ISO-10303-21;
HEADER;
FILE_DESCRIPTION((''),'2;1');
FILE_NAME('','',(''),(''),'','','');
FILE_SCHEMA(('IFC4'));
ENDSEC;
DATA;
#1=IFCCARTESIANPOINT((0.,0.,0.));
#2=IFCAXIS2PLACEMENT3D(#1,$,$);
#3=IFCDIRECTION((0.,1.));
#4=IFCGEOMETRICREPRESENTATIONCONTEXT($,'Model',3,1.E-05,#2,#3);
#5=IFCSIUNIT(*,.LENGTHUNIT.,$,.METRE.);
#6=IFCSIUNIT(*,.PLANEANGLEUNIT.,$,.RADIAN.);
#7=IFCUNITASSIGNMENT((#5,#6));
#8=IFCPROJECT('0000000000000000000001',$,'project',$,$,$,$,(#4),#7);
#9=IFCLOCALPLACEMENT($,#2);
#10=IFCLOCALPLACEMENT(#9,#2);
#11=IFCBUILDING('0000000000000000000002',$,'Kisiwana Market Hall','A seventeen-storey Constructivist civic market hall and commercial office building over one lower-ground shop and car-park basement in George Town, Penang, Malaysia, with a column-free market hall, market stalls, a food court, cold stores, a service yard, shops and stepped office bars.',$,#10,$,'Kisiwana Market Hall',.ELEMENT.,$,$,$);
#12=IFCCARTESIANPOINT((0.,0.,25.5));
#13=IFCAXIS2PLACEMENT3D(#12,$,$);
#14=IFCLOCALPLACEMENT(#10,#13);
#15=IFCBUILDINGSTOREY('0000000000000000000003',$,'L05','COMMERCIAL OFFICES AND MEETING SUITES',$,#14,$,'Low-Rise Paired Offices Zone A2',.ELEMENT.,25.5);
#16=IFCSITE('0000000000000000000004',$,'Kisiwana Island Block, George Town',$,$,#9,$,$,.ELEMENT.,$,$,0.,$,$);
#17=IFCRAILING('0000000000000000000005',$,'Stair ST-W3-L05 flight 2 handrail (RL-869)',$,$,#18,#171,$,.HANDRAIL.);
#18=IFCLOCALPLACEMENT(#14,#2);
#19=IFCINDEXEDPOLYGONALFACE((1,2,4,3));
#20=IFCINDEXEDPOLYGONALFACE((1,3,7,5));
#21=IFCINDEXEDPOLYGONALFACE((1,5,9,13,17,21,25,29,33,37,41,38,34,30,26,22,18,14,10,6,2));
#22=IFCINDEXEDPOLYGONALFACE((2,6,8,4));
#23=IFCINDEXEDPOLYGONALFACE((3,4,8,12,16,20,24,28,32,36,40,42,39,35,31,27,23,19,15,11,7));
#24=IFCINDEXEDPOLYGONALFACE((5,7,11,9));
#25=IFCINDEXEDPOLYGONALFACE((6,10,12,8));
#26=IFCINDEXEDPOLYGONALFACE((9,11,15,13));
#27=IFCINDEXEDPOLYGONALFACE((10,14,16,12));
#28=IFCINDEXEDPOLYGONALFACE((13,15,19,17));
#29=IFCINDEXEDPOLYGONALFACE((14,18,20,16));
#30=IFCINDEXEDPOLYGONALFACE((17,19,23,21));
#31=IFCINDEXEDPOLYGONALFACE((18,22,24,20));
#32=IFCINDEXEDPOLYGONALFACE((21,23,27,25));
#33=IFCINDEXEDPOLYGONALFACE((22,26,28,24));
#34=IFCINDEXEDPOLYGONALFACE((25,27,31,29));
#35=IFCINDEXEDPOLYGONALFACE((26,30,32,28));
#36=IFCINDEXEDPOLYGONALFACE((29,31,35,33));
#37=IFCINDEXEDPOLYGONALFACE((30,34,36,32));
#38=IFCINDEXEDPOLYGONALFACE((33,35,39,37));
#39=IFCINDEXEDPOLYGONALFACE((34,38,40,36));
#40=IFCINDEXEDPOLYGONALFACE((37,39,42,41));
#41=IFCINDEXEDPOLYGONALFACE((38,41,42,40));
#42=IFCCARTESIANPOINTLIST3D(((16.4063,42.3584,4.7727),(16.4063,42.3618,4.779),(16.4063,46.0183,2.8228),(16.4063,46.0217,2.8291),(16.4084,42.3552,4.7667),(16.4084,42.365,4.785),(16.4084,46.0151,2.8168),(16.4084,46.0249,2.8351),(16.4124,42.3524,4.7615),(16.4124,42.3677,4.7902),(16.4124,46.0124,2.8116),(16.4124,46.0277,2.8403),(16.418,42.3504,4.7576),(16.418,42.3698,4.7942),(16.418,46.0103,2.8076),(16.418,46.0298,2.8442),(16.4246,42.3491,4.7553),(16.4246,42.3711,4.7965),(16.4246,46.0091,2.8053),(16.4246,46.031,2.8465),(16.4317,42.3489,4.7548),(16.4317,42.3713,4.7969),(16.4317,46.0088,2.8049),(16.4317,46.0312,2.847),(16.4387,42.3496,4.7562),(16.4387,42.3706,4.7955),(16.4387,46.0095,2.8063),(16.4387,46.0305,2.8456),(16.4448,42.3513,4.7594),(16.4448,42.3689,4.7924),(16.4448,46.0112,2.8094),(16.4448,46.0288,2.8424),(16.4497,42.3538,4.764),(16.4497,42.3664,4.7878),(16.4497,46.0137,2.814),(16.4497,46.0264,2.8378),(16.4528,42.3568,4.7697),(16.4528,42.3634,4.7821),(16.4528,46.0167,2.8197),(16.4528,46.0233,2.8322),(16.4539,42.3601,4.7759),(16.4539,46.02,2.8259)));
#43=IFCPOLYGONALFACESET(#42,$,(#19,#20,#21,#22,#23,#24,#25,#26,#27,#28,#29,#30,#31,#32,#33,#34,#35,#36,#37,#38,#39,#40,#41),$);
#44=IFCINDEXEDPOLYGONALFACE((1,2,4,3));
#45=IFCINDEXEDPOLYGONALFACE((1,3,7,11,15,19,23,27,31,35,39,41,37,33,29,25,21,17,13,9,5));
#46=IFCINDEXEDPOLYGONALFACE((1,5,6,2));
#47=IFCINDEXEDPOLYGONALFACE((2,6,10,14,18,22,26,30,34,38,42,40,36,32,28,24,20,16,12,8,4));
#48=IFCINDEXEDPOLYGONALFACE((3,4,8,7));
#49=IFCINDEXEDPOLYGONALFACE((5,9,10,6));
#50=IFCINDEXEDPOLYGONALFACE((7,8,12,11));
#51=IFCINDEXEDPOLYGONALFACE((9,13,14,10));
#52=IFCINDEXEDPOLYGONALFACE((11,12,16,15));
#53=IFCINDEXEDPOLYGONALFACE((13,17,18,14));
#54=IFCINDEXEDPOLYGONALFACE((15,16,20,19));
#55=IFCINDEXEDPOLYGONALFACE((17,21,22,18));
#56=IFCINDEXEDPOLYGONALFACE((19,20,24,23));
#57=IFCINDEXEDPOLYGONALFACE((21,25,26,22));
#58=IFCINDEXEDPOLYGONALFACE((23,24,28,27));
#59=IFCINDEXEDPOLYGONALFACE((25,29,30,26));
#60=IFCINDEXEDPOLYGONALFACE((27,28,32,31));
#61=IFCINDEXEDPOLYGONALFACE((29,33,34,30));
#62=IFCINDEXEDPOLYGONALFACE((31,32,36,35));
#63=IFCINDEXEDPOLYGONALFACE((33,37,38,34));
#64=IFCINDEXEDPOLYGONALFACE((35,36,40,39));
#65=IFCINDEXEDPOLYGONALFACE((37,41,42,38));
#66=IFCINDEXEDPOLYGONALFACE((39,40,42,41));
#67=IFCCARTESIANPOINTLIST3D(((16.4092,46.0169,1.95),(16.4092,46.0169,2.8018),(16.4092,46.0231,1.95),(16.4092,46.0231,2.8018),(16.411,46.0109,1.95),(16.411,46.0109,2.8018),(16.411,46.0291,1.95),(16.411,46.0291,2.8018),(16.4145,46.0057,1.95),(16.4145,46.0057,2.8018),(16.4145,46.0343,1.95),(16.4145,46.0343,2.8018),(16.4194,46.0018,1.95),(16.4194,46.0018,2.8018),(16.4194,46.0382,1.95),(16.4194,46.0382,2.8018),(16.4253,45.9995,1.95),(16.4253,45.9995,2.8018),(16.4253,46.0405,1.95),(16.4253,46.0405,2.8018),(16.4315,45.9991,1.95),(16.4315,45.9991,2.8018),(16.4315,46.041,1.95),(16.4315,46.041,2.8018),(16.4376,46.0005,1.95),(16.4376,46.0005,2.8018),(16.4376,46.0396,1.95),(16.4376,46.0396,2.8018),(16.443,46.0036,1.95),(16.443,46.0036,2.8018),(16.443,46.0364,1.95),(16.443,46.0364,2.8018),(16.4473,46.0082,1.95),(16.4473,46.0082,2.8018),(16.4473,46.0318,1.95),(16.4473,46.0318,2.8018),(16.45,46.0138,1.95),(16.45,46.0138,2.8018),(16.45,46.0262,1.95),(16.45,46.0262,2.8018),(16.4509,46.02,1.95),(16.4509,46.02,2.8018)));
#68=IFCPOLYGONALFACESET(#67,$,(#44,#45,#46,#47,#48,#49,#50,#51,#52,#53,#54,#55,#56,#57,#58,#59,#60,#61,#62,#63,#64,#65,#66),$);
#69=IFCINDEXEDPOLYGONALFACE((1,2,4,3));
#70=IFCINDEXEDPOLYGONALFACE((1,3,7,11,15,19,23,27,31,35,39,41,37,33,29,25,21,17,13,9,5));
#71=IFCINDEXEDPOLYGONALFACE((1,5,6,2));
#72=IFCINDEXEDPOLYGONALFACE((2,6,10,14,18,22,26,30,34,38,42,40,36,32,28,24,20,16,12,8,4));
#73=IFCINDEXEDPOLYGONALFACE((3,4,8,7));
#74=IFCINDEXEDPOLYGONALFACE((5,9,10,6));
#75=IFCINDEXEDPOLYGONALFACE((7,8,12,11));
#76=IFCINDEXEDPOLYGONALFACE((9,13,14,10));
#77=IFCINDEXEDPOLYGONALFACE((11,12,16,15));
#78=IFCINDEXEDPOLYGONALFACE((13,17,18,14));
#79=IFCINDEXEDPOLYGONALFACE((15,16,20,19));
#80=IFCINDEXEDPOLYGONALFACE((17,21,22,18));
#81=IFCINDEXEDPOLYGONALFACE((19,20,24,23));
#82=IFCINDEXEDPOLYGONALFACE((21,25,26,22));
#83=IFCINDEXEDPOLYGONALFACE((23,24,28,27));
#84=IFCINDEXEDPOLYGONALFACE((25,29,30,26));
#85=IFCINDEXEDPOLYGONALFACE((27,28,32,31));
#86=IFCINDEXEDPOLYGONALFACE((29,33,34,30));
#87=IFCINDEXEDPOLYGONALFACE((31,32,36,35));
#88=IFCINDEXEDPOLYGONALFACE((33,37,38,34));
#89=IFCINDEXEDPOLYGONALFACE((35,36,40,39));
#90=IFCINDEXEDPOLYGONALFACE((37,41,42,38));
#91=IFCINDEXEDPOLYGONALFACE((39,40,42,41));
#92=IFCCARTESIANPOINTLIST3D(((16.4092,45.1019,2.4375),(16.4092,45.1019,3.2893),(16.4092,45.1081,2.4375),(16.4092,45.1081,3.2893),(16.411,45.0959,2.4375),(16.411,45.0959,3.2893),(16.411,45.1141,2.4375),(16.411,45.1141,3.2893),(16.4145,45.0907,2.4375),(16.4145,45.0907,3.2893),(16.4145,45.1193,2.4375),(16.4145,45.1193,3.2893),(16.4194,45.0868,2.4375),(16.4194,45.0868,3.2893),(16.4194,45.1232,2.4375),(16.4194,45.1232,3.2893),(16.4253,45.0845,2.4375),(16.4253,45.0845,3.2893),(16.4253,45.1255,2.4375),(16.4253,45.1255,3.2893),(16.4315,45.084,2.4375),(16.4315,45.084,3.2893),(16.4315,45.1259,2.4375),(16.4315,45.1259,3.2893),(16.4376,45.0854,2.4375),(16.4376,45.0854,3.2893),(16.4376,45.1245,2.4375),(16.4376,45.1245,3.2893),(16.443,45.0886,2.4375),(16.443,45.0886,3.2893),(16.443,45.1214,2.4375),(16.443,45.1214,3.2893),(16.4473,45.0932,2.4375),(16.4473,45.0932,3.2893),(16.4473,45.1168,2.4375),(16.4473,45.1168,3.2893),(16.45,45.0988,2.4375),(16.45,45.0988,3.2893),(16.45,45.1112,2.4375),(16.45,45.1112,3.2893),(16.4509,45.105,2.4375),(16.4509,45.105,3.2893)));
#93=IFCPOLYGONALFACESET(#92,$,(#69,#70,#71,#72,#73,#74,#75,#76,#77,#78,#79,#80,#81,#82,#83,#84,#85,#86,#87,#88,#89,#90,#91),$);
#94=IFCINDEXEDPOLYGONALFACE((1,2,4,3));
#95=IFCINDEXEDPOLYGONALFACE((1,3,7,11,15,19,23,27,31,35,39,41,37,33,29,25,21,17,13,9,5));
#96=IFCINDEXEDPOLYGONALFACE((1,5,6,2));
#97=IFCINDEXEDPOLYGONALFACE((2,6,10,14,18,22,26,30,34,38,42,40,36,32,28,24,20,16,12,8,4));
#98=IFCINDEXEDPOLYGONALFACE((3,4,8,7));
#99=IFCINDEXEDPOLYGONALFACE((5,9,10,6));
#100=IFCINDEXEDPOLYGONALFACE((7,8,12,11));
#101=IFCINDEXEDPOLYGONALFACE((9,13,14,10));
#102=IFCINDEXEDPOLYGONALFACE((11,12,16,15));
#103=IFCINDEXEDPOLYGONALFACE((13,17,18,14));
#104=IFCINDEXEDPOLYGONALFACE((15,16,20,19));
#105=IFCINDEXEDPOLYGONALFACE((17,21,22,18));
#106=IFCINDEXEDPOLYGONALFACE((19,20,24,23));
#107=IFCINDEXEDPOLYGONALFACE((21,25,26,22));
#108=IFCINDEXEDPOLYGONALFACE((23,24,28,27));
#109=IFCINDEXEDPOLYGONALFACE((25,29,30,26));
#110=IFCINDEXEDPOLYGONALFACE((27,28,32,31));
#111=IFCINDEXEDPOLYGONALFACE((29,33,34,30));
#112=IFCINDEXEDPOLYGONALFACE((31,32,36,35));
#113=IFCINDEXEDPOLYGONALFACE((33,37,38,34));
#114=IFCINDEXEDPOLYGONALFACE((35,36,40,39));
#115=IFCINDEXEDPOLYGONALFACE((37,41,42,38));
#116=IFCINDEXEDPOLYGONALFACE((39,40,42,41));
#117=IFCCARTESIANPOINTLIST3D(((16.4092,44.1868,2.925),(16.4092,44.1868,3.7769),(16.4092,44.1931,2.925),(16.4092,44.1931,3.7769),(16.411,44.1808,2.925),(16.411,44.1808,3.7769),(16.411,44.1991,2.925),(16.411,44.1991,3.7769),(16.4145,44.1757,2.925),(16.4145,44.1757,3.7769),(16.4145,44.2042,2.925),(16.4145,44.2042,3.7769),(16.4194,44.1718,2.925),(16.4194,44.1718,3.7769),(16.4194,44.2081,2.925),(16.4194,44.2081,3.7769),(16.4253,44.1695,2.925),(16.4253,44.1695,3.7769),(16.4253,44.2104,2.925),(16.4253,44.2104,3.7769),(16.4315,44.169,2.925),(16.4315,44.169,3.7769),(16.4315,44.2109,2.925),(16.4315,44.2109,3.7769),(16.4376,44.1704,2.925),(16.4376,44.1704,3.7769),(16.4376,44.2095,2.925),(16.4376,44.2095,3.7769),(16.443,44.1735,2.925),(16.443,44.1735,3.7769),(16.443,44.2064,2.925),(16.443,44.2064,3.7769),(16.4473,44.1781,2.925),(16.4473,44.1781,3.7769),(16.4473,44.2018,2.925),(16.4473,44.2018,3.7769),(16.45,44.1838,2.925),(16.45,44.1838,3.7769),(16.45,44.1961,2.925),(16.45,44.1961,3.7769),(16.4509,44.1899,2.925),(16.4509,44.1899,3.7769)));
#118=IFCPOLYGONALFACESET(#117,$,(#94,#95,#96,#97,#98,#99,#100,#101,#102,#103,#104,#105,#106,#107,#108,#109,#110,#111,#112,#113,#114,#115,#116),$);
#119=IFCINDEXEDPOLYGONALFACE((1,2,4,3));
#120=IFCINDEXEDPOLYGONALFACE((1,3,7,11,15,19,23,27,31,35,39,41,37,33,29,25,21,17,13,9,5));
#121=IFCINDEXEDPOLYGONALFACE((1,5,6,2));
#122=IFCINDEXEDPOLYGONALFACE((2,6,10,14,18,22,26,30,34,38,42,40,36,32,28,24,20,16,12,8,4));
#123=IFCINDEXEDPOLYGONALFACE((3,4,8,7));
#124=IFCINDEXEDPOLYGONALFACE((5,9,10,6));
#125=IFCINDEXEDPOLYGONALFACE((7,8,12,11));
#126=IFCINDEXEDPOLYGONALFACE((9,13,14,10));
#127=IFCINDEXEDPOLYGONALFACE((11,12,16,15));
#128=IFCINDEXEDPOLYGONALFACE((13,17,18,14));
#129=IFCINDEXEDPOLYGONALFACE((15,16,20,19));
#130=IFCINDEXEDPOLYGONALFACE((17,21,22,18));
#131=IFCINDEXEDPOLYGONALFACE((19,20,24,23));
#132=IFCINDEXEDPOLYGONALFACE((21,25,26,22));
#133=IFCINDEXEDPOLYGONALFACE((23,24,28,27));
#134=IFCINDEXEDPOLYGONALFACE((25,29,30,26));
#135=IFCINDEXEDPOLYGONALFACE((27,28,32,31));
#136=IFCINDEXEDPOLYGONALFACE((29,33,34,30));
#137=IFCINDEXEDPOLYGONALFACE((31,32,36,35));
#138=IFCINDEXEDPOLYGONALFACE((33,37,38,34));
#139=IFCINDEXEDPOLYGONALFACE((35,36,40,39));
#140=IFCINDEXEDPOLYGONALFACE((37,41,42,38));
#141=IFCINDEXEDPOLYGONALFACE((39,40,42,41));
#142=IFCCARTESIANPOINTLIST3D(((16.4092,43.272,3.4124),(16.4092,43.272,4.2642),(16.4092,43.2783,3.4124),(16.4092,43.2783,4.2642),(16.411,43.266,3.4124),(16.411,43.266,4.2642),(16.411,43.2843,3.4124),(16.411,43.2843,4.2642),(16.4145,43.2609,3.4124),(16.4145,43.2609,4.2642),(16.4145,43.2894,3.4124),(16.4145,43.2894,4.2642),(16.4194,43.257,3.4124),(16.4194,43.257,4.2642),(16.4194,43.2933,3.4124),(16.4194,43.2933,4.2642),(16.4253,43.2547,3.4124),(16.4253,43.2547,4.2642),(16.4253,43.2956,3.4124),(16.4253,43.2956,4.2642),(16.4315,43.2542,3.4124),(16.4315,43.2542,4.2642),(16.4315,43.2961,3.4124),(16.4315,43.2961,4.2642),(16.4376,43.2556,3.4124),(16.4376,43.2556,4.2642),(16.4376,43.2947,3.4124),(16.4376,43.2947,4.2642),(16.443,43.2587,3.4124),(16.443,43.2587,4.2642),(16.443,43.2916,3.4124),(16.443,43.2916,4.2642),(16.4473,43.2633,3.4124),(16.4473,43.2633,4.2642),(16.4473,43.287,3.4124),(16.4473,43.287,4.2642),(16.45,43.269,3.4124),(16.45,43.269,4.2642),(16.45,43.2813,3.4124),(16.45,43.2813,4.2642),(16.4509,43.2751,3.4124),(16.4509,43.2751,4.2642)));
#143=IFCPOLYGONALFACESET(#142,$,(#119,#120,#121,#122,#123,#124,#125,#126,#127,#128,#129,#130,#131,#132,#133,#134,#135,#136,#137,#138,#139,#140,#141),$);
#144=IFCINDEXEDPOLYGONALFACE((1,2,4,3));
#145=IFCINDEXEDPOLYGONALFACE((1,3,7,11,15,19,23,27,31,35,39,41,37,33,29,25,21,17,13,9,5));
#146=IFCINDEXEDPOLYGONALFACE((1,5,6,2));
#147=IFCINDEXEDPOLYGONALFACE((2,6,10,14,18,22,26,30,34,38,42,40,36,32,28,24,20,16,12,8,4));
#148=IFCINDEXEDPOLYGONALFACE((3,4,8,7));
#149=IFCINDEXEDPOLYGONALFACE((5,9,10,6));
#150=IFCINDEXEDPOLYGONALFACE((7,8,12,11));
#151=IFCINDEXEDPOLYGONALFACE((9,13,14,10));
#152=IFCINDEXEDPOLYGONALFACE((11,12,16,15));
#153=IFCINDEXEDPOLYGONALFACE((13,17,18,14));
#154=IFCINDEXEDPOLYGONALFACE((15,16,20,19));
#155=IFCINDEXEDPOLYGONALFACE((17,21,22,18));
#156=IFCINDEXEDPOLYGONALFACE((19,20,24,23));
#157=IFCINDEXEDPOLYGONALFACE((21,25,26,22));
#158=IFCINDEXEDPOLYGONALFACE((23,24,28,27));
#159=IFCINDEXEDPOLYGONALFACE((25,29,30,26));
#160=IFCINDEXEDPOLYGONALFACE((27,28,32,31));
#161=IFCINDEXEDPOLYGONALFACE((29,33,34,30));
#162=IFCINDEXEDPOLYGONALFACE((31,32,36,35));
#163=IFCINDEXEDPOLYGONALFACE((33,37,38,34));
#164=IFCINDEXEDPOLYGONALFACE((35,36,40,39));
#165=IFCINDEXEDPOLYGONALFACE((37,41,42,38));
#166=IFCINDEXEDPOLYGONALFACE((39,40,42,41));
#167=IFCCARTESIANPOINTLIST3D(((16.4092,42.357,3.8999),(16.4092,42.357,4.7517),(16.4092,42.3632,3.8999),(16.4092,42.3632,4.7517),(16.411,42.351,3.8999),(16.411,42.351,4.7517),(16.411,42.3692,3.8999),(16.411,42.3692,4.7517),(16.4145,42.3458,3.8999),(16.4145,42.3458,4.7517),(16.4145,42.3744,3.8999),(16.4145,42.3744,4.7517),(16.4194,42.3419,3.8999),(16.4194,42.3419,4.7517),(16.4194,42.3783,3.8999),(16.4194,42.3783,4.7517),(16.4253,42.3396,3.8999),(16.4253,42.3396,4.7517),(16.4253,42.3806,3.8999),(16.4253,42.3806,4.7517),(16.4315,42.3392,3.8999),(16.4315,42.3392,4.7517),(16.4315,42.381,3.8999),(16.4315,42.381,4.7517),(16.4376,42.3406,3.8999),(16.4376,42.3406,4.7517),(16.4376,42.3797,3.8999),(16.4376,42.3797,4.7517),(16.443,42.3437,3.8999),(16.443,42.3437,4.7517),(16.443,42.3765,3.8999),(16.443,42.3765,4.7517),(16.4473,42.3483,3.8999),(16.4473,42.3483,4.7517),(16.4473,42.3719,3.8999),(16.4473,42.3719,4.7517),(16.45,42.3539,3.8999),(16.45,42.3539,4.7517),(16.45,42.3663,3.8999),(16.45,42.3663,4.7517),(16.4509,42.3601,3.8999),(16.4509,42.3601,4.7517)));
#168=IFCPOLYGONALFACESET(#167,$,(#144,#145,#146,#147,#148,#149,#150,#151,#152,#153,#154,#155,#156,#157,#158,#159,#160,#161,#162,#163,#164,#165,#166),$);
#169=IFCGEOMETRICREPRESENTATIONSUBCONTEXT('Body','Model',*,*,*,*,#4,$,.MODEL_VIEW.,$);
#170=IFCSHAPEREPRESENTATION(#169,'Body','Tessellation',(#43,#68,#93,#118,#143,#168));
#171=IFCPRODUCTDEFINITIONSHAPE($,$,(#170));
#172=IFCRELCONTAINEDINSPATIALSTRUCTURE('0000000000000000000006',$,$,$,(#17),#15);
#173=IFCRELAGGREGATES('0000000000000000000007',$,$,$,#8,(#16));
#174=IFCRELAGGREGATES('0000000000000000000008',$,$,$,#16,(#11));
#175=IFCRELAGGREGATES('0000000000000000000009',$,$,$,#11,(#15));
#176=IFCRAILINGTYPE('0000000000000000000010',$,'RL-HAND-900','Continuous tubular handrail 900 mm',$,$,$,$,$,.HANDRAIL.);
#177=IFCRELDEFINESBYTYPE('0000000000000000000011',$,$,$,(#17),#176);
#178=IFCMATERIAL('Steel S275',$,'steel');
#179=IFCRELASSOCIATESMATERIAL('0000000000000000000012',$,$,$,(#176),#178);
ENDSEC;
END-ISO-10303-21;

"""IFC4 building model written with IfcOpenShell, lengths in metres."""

from ifc_helpers import new_model, si_unit, direction, frame, origin, origin_2d, place, context, subcontext, project, spatial, circle, extrude, material, type_object, element, save


model = new_model("IFC4")

# Units and contexts
model_context = context("Model", 3, precision=1e-05, world=origin(), true_north=direction((0.0, 1.0)))
body_context = subcontext(model_context, "Body", "Model", "MODEL_VIEW")
ifc_project = project(units=[si_unit("LENGTHUNIT", "METRE"), si_unit("PLANEANGLEUNIT", "RADIAN")], contexts=[model_context])

# Site, building, storey
site_placement = place(None, origin())
site = spatial("IfcSite", under=ifc_project, at=site_placement, Name="Kisiwana Island Block, George Town", CompositionType="ELEMENT", RefElevation=0.0)
building_placement = place(site_placement, origin())
building = spatial("IfcBuilding", under=site, at=building_placement, Name="Kisiwana Market Hall", Description="A seventeen-storey Constructivist civic market hall and commercial office building over one lower-ground shop and car-park basement in George Town, Penang, Malaysia, with a column-free market hall, market stalls, a food court, cold stores, a service yard, shops and stepped office bars.", LongName="Kisiwana Market Hall", CompositionType="ELEMENT")
storey_placement = place(building_placement, frame((0.0, 0.0, 25.5)))
storey = spatial("IfcBuildingStorey", under=building, at=storey_placement, Name="L05", Description="COMMERCIAL OFFICES AND MEETING SUITES", LongName="Low-Rise Paired Offices Zone A2", CompositionType="ELEMENT", Elevation=25.5)

# Railing
ifc_material_1 = material(Name="Steel S275", Category="steel")
railing_type = type_object("IfcRailingType", Name="RL-HAND-900", Description="Continuous tubular handrail 900 mm", PredefinedType="HANDRAIL", material=ifc_material_1)
for number, where, name in (
    (1, (16.4299, 46.02, 1.95), "Stair ST-W3-L05 flight 2 handrail (RL-869)"),
):
    element("IfcRailing", number, at=place(storey_placement, frame(where)), inside=storey, type_object=railing_type, Name=name, PredefinedType="HANDRAIL", context=body_context, shape_type="SweptSolid", body=[
        extrude(circle(Radius=0.0239, at=origin_2d()), frame((0.0, 0.0, 0.876), z_axis=(0.0, -0.882553, 0.470212), x_axis=(1.0, 0.0, 0.0)), (0.0, 0.0, 1.0), 4.147),
        extrude(circle(Radius=0.021, at=origin_2d()), origin(), (0.0, 0.0, 1.0), 0.8518),
        extrude(circle(Radius=0.021, at=origin_2d()), frame((0.0, -0.915, 0.4875)), (0.0, 0.0, 1.0), 0.8518),
        extrude(circle(Radius=0.021, at=origin_2d()), frame((0.0, -1.8301, 0.9751)), (0.0, 0.0, 1.0), 0.8518),
        extrude(circle(Radius=0.021, at=origin_2d()), frame((0.0, -2.7449, 1.4624)), (0.0, 0.0, 1.0), 0.8518),
        extrude(circle(Radius=0.021, at=origin_2d()), frame((0.0, -3.6599, 1.95)), (0.0, 0.0, 1.0), 0.8518),
    ])

save(model, "model.ifc")
